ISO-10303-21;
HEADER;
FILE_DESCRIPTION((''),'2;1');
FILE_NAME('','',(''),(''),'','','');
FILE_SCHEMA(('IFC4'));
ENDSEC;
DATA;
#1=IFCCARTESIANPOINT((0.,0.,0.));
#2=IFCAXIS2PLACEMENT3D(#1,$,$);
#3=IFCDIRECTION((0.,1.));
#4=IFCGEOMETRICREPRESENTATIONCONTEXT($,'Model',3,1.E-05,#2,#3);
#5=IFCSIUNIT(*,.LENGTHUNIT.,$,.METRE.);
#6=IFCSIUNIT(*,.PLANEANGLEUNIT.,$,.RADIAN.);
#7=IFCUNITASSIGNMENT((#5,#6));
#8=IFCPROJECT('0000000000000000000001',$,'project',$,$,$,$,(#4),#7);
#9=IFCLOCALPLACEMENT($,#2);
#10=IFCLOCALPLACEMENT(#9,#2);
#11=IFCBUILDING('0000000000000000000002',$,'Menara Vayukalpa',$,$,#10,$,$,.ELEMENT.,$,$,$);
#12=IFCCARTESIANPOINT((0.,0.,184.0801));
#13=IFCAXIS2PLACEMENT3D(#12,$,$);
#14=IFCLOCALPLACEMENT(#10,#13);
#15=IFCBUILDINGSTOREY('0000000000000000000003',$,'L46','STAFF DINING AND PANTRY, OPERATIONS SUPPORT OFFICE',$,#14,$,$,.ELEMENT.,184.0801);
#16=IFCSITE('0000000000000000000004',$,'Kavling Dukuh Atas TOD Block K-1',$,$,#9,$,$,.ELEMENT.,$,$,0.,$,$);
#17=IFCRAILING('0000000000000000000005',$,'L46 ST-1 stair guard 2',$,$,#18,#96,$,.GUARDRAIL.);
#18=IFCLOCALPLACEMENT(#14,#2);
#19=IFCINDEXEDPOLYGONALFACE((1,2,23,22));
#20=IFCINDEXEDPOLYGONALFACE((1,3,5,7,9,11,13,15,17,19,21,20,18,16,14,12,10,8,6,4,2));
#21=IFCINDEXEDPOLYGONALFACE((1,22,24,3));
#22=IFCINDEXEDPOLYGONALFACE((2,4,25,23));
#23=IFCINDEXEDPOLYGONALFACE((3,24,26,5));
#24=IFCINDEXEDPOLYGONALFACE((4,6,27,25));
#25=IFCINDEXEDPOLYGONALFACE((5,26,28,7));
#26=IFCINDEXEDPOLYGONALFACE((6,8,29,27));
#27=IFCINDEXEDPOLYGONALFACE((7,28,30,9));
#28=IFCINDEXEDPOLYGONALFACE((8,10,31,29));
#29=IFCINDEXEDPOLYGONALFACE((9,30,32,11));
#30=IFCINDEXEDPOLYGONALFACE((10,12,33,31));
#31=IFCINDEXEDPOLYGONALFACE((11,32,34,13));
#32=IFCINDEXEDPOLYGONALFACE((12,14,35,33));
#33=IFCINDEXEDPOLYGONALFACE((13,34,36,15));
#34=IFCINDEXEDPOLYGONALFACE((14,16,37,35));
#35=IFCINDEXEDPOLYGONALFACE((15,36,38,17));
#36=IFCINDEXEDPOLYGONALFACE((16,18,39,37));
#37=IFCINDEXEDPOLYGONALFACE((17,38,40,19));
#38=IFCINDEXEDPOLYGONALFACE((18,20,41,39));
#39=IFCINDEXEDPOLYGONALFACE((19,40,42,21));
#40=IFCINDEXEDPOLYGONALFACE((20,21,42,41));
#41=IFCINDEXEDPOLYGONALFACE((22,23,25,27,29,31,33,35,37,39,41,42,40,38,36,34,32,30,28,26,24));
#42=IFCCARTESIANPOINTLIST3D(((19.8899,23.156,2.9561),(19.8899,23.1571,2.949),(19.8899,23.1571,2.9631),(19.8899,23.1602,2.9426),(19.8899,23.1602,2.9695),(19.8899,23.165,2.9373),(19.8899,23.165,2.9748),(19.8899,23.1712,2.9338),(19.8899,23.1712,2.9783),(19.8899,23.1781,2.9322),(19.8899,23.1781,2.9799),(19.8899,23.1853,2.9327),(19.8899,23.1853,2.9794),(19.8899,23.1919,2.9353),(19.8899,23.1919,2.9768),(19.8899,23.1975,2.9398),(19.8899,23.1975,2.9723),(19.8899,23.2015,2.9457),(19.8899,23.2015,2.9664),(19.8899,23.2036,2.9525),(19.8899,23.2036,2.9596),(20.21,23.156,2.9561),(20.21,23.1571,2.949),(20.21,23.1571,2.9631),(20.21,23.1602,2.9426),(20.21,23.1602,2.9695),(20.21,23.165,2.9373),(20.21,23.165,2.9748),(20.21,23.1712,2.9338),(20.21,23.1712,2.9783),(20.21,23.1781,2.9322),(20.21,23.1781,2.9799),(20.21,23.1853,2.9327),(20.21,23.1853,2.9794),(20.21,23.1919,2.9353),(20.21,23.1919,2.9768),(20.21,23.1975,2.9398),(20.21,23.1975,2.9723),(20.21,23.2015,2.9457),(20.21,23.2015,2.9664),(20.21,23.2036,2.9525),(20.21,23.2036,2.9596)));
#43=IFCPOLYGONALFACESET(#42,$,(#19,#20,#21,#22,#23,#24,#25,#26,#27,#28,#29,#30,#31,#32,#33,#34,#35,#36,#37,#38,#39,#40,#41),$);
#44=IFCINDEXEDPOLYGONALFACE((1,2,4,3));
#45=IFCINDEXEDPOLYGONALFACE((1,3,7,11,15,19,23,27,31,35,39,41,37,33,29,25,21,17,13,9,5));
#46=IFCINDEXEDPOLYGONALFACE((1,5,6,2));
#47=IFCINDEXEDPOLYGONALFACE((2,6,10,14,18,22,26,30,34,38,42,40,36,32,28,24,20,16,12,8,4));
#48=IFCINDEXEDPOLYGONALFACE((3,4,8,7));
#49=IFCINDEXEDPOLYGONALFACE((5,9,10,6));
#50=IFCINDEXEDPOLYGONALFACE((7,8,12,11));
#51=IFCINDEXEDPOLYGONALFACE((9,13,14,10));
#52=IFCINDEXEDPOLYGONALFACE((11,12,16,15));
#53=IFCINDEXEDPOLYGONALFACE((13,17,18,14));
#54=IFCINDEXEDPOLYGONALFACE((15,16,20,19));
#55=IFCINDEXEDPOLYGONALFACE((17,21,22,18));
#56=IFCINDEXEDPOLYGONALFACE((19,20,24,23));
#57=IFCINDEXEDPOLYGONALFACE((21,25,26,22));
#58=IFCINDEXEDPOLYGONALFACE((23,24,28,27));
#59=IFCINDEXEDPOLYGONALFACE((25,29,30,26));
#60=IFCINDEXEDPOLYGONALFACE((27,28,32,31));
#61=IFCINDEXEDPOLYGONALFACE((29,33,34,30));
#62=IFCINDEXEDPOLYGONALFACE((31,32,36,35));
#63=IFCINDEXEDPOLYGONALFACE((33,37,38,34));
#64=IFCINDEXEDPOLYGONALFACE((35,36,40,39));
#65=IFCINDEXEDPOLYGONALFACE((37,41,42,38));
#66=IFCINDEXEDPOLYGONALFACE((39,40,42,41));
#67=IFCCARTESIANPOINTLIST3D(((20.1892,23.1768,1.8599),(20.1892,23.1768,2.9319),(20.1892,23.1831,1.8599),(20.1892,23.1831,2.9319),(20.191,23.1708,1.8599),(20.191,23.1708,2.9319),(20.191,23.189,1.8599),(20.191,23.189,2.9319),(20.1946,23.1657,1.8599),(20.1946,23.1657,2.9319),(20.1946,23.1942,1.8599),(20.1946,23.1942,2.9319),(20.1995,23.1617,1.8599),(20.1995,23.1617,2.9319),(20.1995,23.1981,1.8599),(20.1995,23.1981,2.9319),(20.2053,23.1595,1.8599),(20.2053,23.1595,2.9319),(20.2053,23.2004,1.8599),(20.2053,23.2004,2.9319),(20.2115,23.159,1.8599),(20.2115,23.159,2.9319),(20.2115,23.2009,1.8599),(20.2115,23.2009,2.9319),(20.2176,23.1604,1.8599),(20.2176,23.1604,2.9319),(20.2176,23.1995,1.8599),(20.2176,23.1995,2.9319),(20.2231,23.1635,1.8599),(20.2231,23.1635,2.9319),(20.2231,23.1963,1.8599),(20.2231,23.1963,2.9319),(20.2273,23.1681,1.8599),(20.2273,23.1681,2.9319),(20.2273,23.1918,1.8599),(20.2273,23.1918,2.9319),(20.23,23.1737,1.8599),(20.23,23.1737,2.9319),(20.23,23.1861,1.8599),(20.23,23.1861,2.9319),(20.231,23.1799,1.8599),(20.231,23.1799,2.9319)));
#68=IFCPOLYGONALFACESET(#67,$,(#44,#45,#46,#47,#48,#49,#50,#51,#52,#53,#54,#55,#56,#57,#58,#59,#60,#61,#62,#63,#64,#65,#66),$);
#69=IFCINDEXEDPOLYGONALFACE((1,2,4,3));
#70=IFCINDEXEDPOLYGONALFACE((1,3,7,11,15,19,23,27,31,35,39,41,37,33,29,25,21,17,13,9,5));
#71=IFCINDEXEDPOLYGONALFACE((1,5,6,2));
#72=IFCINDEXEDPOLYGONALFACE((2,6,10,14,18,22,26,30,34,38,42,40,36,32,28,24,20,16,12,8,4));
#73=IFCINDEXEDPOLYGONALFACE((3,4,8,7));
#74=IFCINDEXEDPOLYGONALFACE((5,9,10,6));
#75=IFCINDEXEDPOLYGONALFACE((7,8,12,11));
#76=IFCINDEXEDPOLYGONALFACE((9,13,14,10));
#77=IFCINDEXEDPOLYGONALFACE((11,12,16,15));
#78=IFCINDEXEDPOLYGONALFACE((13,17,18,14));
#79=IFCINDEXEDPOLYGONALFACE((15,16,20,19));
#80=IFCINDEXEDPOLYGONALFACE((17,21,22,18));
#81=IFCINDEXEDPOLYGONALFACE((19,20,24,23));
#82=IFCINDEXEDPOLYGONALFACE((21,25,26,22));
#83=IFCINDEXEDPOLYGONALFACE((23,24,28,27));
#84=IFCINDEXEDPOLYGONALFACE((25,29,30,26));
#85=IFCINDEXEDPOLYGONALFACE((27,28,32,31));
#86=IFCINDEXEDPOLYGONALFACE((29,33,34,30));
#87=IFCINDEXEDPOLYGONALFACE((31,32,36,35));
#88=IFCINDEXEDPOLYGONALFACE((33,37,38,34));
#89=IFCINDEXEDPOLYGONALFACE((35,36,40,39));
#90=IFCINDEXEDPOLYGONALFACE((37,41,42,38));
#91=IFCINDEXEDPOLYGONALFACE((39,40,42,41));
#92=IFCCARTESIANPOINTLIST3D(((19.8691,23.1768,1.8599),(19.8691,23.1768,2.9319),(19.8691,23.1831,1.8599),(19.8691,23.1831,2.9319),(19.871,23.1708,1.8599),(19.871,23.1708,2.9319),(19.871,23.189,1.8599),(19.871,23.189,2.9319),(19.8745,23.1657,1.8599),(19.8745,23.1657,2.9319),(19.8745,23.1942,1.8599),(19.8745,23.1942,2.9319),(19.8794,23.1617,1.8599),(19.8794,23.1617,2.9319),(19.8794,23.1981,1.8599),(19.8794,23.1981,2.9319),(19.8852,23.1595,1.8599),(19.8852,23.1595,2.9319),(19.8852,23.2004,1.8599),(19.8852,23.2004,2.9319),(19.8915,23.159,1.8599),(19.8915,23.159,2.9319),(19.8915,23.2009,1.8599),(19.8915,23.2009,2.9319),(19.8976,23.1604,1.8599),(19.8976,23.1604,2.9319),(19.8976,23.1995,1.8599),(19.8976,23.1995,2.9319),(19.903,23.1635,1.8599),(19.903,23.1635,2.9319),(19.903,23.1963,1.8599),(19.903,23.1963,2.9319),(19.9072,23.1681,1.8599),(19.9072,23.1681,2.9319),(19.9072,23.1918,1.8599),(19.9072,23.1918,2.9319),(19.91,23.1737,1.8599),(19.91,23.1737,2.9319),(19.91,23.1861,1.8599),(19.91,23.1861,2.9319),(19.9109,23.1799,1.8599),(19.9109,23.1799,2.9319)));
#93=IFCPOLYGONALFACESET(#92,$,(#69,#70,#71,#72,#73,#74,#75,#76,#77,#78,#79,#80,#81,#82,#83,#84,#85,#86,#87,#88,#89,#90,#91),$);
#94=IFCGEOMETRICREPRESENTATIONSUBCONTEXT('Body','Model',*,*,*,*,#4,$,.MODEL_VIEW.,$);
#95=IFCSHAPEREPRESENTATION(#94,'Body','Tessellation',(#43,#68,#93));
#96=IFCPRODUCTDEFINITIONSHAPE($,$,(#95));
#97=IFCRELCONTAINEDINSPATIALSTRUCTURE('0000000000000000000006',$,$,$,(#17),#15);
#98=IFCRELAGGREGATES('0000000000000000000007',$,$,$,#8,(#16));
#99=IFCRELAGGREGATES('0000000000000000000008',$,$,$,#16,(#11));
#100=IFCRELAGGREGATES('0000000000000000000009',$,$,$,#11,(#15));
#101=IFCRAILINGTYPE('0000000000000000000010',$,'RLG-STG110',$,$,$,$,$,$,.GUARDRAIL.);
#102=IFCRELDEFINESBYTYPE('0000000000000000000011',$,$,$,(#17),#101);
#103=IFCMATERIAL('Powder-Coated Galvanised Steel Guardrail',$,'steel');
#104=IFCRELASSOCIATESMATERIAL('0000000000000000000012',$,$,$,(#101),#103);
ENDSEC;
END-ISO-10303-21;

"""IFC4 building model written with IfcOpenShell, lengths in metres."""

from ifc_helpers import new_model, si_unit, direction, frame, origin, origin_2d, place, context, subcontext, project, spatial, circle, extrude, material, type_object, element, save


model = new_model("IFC4")

# Units and contexts
model_context = context("Model", 3, precision=1e-05, world=origin(), true_north=direction((0.0, 1.0)))
body_context = subcontext(model_context, "Body", "Model", "MODEL_VIEW")
ifc_project = project(units=[si_unit("LENGTHUNIT", "METRE"), si_unit("PLANEANGLEUNIT", "RADIAN")], contexts=[model_context])

# Site, building, storey
site_placement = place(None, origin())
site = spatial("IfcSite", under=ifc_project, at=site_placement, Name="Kavling Dukuh Atas TOD Block K-1", CompositionType="ELEMENT", RefElevation=0.0)
building_placement = place(site_placement, origin())
building = spatial("IfcBuilding", under=site, at=building_placement, Name="Menara Vayukalpa", CompositionType="ELEMENT")
storey_placement = place(building_placement, frame((0.0, 0.0, 184.0801)))
storey = spatial("IfcBuildingStorey", under=building, at=storey_placement, Name="L46", Description="STAFF DINING AND PANTRY, OPERATIONS SUPPORT OFFICE", CompositionType="ELEMENT", Elevation=184.0801)

# Railing
ifc_material_1 = material(Name="Powder-Coated Galvanised Steel Guardrail", Category="steel")
railing_type_1 = type_object("IfcRailingType", Name="RLG-STG110", PredefinedType="GUARDRAIL", material=ifc_material_1)
railing_1_placement = place(storey_placement, frame((20.21, 23.1799, 1.8599)))
element("IfcRailing", 1, at=railing_1_placement, inside=storey, type_object=railing_type_1, Name="L46 ST-1 stair guard 2", PredefinedType="GUARDRAIL", context=body_context, shape_type="SweptSolid", body=[
    extrude(circle(Radius=0.0239, at=origin_2d()), frame((0.0, 0.0, 1.0962), z_axis=(-1.0, 0.0, 0.0), x_axis=(0.0, -1.0, 0.0)), (0.0, 0.0, 1.0), 0.3201),
    extrude(circle(Radius=0.021, at=origin_2d()), origin(), (0.0, 0.0, 1.0), 1.072),
    extrude(circle(Radius=0.021, at=origin_2d()), frame((-0.3201, 0.0, 0.0)), (0.0, 0.0, 1.0), 1.072),
])

save(model, "model.ifc")
